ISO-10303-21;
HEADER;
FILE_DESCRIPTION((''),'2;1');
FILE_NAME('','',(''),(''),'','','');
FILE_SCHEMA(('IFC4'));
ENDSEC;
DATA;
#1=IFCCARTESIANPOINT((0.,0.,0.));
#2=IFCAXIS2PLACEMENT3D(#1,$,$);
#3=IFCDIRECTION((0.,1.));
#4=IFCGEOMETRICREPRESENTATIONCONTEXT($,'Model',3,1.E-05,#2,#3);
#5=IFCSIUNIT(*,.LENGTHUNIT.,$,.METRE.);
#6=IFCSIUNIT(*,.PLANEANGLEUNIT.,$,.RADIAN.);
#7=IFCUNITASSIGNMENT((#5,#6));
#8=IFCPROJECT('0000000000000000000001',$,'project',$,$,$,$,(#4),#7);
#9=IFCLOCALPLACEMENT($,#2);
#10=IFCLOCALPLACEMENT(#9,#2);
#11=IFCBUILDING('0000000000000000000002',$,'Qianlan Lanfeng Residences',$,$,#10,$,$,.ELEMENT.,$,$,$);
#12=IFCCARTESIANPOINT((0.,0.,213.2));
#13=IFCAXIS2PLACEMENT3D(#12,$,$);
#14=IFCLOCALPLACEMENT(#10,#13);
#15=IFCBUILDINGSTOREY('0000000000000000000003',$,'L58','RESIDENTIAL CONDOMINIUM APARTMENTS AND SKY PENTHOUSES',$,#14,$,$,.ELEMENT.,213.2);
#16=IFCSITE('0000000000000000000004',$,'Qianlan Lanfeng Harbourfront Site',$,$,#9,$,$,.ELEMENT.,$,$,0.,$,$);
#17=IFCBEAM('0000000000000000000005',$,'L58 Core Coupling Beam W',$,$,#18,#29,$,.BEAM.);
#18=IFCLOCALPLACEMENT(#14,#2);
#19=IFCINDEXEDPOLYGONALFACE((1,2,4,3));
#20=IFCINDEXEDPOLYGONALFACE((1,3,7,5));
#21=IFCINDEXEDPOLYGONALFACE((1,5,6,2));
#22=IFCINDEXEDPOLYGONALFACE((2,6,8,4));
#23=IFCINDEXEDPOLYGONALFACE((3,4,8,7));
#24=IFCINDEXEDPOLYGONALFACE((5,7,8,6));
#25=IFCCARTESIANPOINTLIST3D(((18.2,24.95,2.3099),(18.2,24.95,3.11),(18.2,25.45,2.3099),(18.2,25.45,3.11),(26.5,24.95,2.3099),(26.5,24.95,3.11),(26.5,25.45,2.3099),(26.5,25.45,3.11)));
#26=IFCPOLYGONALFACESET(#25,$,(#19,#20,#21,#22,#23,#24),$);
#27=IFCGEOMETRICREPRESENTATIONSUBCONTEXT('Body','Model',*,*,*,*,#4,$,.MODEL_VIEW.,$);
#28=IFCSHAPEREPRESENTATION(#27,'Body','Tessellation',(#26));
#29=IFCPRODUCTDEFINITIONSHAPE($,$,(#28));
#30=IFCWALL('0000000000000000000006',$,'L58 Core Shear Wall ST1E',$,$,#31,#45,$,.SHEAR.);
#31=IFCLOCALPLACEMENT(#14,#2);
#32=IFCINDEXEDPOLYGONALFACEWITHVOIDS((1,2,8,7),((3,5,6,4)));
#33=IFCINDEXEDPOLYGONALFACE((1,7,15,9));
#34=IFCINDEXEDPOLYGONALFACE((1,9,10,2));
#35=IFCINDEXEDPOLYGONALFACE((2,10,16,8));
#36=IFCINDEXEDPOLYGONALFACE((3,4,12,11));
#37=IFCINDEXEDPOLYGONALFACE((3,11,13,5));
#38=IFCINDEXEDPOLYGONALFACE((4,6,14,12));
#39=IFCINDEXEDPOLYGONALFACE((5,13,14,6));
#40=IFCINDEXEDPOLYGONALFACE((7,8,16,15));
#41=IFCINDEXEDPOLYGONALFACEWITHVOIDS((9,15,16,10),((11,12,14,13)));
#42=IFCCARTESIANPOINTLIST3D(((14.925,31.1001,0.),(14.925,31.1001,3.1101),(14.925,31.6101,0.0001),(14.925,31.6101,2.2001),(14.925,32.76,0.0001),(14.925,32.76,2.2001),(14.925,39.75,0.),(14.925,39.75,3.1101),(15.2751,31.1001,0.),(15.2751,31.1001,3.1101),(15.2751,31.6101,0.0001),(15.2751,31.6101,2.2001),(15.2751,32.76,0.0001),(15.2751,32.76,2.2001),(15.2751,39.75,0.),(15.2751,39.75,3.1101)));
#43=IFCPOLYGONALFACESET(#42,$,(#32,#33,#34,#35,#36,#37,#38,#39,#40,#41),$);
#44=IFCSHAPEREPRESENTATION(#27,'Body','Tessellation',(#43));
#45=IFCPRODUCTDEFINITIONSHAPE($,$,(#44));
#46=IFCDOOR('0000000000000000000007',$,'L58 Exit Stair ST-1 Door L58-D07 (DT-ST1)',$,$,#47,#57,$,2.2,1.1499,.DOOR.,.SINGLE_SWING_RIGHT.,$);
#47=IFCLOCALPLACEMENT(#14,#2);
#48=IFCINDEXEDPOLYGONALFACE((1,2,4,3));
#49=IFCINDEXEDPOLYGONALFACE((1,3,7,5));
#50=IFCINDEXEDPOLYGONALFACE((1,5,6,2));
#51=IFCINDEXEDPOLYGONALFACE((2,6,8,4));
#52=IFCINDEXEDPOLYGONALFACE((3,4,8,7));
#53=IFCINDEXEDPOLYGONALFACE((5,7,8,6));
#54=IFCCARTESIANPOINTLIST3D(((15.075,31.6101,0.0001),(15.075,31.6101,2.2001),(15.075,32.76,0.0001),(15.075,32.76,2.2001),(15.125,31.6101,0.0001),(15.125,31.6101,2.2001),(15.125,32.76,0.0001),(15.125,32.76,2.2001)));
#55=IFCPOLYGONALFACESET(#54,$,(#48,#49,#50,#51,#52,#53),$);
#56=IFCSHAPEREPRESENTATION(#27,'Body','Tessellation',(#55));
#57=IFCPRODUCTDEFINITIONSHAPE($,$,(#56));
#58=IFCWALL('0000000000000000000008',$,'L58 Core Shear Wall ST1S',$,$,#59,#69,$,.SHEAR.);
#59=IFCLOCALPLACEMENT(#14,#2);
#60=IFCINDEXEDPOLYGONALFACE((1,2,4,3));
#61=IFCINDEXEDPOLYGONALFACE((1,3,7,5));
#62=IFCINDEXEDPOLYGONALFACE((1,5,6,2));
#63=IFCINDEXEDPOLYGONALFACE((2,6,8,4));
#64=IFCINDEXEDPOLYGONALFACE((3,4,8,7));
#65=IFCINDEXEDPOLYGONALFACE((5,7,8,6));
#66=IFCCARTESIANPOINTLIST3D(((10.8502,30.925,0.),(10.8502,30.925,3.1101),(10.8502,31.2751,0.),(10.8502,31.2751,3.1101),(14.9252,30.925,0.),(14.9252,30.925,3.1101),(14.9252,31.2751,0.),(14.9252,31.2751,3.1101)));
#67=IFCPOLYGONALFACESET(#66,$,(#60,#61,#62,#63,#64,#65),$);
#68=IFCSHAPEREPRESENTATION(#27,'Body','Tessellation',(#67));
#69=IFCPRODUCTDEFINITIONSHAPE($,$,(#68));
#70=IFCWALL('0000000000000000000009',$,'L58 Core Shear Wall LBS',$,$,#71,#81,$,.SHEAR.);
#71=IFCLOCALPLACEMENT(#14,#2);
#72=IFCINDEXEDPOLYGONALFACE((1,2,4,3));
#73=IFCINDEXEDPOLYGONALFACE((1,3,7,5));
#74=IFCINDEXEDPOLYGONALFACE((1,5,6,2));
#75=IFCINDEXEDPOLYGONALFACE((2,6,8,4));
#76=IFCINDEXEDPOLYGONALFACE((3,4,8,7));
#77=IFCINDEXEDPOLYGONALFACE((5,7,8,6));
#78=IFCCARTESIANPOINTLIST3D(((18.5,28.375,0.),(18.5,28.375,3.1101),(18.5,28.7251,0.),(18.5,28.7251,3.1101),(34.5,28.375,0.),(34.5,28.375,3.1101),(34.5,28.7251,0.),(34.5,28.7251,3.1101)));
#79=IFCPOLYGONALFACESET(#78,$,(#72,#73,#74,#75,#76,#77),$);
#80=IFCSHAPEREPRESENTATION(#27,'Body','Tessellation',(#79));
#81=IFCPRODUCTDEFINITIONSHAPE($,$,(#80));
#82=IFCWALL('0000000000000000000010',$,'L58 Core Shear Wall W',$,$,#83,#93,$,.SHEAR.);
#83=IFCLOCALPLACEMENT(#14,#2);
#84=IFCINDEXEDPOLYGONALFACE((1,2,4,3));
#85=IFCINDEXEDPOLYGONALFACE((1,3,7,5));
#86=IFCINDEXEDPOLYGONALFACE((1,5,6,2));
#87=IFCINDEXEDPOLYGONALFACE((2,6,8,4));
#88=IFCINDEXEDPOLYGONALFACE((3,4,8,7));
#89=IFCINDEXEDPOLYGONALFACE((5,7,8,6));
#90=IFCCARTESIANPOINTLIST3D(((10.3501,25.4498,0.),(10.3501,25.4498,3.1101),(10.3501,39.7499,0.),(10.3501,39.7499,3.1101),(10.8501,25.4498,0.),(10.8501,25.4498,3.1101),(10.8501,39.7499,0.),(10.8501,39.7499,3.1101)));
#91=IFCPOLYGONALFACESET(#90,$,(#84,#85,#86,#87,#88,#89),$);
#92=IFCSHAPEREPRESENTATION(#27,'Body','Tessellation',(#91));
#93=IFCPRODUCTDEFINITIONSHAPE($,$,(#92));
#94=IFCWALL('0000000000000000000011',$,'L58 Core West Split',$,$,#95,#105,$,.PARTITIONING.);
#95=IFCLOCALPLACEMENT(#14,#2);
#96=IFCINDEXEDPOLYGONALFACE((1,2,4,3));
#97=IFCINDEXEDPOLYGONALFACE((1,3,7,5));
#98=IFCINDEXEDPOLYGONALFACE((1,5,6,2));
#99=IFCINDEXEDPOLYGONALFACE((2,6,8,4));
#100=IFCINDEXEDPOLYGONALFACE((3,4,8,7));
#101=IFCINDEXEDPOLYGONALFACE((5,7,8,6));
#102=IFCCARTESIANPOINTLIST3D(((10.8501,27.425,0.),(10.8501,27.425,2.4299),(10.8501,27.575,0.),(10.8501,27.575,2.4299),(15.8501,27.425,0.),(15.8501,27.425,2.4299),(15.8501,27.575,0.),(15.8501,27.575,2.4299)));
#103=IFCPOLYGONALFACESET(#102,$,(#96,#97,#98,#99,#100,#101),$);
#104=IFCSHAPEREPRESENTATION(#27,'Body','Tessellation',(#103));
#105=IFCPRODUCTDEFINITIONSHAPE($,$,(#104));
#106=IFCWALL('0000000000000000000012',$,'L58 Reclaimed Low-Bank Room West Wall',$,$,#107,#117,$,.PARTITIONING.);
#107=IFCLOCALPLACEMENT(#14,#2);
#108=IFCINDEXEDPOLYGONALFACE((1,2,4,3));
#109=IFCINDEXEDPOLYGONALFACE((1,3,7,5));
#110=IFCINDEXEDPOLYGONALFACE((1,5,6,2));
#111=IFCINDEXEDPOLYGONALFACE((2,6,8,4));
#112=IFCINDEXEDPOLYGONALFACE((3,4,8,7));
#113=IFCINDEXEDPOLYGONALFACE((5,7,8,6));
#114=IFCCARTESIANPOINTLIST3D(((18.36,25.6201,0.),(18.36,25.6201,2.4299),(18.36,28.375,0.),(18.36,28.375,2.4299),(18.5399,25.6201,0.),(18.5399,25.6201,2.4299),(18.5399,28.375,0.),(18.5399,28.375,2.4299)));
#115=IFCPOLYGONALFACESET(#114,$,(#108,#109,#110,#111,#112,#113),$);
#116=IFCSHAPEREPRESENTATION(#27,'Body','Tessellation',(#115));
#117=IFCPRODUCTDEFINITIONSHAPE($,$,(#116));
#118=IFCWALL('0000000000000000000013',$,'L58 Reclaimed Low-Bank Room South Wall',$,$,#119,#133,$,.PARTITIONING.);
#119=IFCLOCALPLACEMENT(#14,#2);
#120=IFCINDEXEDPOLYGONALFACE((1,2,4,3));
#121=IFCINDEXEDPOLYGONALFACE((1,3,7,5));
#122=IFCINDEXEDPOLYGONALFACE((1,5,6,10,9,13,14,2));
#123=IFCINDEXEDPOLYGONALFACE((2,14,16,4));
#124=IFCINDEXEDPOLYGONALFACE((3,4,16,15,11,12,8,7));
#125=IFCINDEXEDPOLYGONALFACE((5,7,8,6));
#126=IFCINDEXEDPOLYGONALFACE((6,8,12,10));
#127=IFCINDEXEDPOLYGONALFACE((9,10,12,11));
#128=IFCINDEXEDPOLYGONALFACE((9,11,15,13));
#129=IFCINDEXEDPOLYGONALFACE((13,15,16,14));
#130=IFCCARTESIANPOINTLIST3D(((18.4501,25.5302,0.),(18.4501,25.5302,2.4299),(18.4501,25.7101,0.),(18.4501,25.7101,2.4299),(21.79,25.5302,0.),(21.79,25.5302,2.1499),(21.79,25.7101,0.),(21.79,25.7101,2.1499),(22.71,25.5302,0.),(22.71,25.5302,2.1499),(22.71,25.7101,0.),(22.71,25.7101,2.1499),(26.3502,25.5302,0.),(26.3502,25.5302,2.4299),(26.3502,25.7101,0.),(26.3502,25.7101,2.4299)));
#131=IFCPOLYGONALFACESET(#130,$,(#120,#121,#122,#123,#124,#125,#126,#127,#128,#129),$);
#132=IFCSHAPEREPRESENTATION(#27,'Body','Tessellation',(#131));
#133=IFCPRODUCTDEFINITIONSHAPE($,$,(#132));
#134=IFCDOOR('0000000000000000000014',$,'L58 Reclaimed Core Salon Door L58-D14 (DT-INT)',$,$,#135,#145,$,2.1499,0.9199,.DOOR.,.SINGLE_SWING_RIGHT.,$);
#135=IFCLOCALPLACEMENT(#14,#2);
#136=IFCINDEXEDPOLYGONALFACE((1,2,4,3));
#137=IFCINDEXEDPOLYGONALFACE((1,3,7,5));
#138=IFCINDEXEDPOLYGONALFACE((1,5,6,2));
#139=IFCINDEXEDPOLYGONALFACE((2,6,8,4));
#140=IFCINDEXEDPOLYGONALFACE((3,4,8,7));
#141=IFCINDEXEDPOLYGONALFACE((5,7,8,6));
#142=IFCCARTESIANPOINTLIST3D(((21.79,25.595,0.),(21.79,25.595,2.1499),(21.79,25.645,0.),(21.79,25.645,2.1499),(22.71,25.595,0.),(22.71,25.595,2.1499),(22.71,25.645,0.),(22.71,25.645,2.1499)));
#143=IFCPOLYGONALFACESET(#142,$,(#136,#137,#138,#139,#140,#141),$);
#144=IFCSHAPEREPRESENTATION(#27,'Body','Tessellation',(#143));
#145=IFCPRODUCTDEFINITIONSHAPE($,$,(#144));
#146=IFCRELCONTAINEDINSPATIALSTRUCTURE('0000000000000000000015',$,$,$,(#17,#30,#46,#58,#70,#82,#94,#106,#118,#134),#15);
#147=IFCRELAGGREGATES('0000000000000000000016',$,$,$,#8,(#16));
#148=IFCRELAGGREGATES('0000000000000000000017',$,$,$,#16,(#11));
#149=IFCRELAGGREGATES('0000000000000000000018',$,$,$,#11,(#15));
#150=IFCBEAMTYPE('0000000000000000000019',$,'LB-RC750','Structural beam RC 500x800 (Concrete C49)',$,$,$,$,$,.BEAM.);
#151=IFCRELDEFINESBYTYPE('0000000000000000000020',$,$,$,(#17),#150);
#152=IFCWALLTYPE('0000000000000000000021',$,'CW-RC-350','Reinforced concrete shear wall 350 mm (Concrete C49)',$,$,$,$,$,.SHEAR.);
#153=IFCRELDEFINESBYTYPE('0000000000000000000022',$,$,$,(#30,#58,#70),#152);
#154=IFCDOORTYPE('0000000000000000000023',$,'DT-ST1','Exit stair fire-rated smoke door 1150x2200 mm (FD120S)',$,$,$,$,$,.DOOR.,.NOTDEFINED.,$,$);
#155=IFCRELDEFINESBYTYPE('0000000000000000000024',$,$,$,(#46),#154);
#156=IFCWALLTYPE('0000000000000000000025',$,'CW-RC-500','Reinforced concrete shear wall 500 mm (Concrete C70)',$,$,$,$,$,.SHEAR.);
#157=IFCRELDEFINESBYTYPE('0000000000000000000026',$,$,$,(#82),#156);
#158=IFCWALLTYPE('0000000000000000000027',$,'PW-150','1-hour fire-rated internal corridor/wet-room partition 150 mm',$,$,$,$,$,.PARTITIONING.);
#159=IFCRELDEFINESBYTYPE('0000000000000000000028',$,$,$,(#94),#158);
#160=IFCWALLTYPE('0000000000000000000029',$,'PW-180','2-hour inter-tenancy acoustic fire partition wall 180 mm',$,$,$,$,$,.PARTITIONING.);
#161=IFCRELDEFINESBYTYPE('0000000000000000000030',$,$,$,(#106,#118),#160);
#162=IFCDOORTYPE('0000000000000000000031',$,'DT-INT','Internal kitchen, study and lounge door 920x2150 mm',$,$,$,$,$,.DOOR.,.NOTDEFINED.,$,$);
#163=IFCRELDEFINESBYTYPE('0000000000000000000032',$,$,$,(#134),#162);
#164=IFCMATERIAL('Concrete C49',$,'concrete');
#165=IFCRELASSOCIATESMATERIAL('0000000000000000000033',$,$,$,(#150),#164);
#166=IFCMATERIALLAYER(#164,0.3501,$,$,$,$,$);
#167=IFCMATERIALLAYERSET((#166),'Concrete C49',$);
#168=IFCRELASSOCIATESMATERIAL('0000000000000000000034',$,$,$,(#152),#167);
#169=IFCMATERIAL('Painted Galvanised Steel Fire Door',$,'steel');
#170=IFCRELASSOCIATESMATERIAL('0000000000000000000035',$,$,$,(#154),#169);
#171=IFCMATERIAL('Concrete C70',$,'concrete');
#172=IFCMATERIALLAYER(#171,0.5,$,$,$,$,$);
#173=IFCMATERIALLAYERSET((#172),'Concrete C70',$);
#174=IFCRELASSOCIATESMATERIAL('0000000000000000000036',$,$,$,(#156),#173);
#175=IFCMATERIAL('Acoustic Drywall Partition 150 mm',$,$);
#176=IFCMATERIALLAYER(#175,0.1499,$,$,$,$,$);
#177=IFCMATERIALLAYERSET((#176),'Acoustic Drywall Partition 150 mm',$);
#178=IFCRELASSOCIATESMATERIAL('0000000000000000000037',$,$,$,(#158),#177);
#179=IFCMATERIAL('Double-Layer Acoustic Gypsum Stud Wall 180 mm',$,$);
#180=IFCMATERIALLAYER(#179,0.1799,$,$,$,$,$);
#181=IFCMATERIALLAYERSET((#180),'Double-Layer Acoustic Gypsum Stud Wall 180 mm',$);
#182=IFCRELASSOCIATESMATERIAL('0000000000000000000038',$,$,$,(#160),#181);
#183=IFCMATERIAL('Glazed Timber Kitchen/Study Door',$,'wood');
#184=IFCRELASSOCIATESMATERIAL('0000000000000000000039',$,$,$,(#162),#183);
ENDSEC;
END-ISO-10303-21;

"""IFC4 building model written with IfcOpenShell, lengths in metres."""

from ifc_helpers import new_model, si_unit, direction, frame, frame_2d, origin, origin_2d, place, context, subcontext, project, spatial, rectangle, extrude, material, layer, layer_set, material_profile, profile_set, type_object, element, fill, save


model = new_model("IFC4")

# Units and contexts
model_context = context("Model", 3, precision=1e-05, world=origin(), true_north=direction((0.0, 1.0)))
body_context = subcontext(model_context, "Body", "Model", "MODEL_VIEW")
ifc_project = project(units=[si_unit("LENGTHUNIT", "METRE"), si_unit("PLANEANGLEUNIT", "RADIAN")], contexts=[model_context])

# Site, building, storey
site_placement = place(None, origin())
site = spatial("IfcSite", under=ifc_project, at=site_placement, Name="Qianlan Lanfeng Harbourfront Site", CompositionType="ELEMENT", RefElevation=0.0)
building_placement = place(site_placement, origin())
building = spatial("IfcBuilding", under=site, at=building_placement, Name="Qianlan Lanfeng Residences", CompositionType="ELEMENT")
storey_placement = place(building_placement, frame((0.0, 0.0, 213.2)))
storey = spatial("IfcBuildingStorey", under=building, at=storey_placement, Name="L58", Description="RESIDENTIAL CONDOMINIUM APARTMENTS AND SKY PENTHOUSES", CompositionType="ELEMENT", Elevation=213.2)

# Beam
ifc_material_1 = material(Name="Concrete C49", Category="concrete")
ifc_material_profile = material_profile(ifc_material_1, rectangle(XDim=0.5, YDim=0.8, at=origin_2d()), Name="RC 500x800")
ifc_profile_set = profile_set([ifc_material_profile], Name="Concrete C49")
beam_type = type_object("IfcBeamType", Name="LB-RC750", Description="Structural beam RC 500x800 (Concrete C49)", PredefinedType="BEAM", material=ifc_profile_set)
beam_placement = place(storey_placement, frame((18.2, 25.2, 2.71), z_axis=(1.0, 0.0, 0.0), x_axis=(0.0, 1.0, 0.0)))
element("IfcBeam", 1, at=beam_placement, inside=storey, type_object=beam_type, Name="L58 Core Coupling Beam W", PredefinedType="BEAM", context=body_context, shape_type="SweptSolid", body=[
    extrude(rectangle(XDim=0.5, YDim=0.8, at=origin_2d()), origin(), (0.0, 0.0, 1.0), 8.3),
])

# Wall, opening, door
ifc_layer_1 = layer(ifc_material_1, 0.3501)
ifc_layer_set_1 = layer_set([ifc_layer_1], Name="Concrete C49")
wall_type_1 = type_object("IfcWallType", Name="CW-RC-350", Description="Reinforced concrete shear wall 350 mm (Concrete C49)", PredefinedType="SHEAR", material=ifc_layer_set_1)
wall_1_placement = place(storey_placement, frame((15.1001, 31.1001, 0.0), z_axis=(0.0, 0.0, 1.0), x_axis=(0.0, 1.0, 0.0)))
wall_1 = element("IfcWall", 2, at=wall_1_placement, inside=storey, type_object=wall_type_1, Name="L58 Core Shear Wall ST1E", PredefinedType="SHEAR", context=body_context, shape_type="SweptSolid", body=[
    extrude(rectangle(XDim=8.6499, YDim=0.3501, at=frame_2d((4.325, 0.0))), origin(), (0.0, 0.0, 1.0), 3.1101),
])
opening_1_placement = place(wall_1_placement, frame((0.51, 0.0, 0.0)))
opening_1 = element("IfcOpeningElement", 3, at=opening_1_placement, cuts=wall_1, PredefinedType="OPENING", context=body_context, shape_type="SweptSolid", body=[
    extrude(rectangle(XDim=1.1499, YDim=2.2, at=frame_2d((0.575, 1.1001))), frame((0.0, 0.1851, 0.0), z_axis=(0.0, -1.0, 0.0), x_axis=(1.0, 0.0, 0.0)), (0.0, 0.0, 1.0), 0.3701),
])
ifc_material_2 = material(Name="Painted Galvanised Steel Fire Door", Category="steel")
door_type_1 = type_object("IfcDoorType", Name="DT-ST1", Description="Exit stair fire-rated smoke door 1150x2200 mm (FD120S)", OperationType="NOTDEFINED", PredefinedType="DOOR", material=ifc_material_2)
door_1_placement = place(opening_1_placement, frame((1.1499, 0.0, 0.0), z_axis=(0.0, 0.0, 1.0), x_axis=(-1.0, 0.0, 0.0)))
door_1 = element("IfcDoor", 4, at=door_1_placement, inside=storey, type_object=door_type_1, Name="L58 Exit Stair ST-1 Door L58-D07 (DT-ST1)", OperationType="SINGLE_SWING_RIGHT", OverallHeight=2.2, OverallWidth=1.1499, PredefinedType="DOOR", context=body_context, shape_type="SweptSolid", body=[
    extrude(rectangle(XDim=1.1499, YDim=2.2, at=frame_2d((0.575, 1.1001))), frame((0.0, 0.0249, 0.0), z_axis=(0.0, -1.0, 0.0), x_axis=(1.0, 0.0, 0.0)), (0.0, 0.0, 1.0), 0.05),
])
fill(opening_1, door_1)

# Walls
wall_2_placement = place(storey_placement, frame((10.8501, 31.1001, 0.0), z_axis=(0.0, 0.0, 1.0), x_axis=(1.0, 0.0, 0.0)))
element("IfcWall", 5, at=wall_2_placement, inside=storey, type_object=wall_type_1, Name="L58 Core Shear Wall ST1S", PredefinedType="SHEAR", context=body_context, shape_type="SweptSolid", body=[
    extrude(rectangle(XDim=4.075, YDim=0.3501, at=frame_2d((2.0376, 0.0))), origin(), (0.0, 0.0, 1.0), 3.1101),
])
wall_3_placement = place(storey_placement, frame((18.5, 28.55, 0.0), z_axis=(0.0, 0.0, 1.0), x_axis=(1.0, 0.0, 0.0)))
element("IfcWall", 6, at=wall_3_placement, inside=storey, type_object=wall_type_1, Name="L58 Core Shear Wall LBS", PredefinedType="SHEAR", context=body_context, shape_type="SweptSolid", body=[
    extrude(rectangle(XDim=16.0, YDim=0.3501, at=frame_2d((8.0, 0.0))), origin(), (0.0, 0.0, 1.0), 3.1101),
])
ifc_material_3 = material(Name="Concrete C70", Category="concrete")
ifc_layer_2 = layer(ifc_material_3, 0.5)
ifc_layer_set_2 = layer_set([ifc_layer_2], Name="Concrete C70")
wall_type_2 = type_object("IfcWallType", Name="CW-RC-500", Description="Reinforced concrete shear wall 500 mm (Concrete C70)", PredefinedType="SHEAR", material=ifc_layer_set_2)
wall_4_placement = place(storey_placement, frame((10.6001, 25.45, 0.0), z_axis=(0.0, 0.0, 1.0), x_axis=(0.0, 1.0, 0.0)))
element("IfcWall", 7, at=wall_4_placement, inside=storey, type_object=wall_type_2, Name="L58 Core Shear Wall W", PredefinedType="SHEAR", context=body_context, shape_type="SweptSolid", body=[
    extrude(rectangle(XDim=14.3, YDim=0.5, at=frame_2d((7.1499, 0.0))), origin(), (0.0, 0.0, 1.0), 3.1101),
])
ifc_material_4 = material(Name="Acoustic Drywall Partition 150 mm")
ifc_layer_3 = layer(ifc_material_4, 0.1499)
ifc_layer_set_3 = layer_set([ifc_layer_3], Name="Acoustic Drywall Partition 150 mm")
wall_type_3 = type_object("IfcWallType", Name="PW-150", Description="1-hour fire-rated internal corridor/wet-room partition 150 mm", PredefinedType="PARTITIONING", material=ifc_layer_set_3)
wall_5_placement = place(storey_placement, frame((10.8501, 27.5, 0.0), z_axis=(0.0, 0.0, 1.0), x_axis=(1.0, 0.0, 0.0)))
element("IfcWall", 8, at=wall_5_placement, inside=storey, type_object=wall_type_3, Name="L58 Core West Split", PredefinedType="PARTITIONING", context=body_context, shape_type="SweptSolid", body=[
    extrude(rectangle(XDim=5.0, YDim=0.1499, at=frame_2d((2.5, 0.0))), origin(), (0.0, 0.0, 1.0), 2.4299),
])

# Shared definitions
ifc_material_5 = material(Name="Double-Layer Acoustic Gypsum Stud Wall 180 mm")
ifc_layer_4 = layer(ifc_material_5, 0.1799)
ifc_layer_set_4 = layer_set([ifc_layer_4], Name="Double-Layer Acoustic Gypsum Stud Wall 180 mm")
wall_type_4 = type_object("IfcWallType", Name="PW-180", Description="2-hour inter-tenancy acoustic fire partition wall 180 mm", PredefinedType="PARTITIONING", material=ifc_layer_set_4)
ifc_material_6 = material(Name="Glazed Timber Kitchen/Study Door", Category="wood")
door_type_2 = type_object("IfcDoorType", Name="DT-INT", Description="Internal kitchen, study and lounge door 920x2150 mm", OperationType="NOTDEFINED", PredefinedType="DOOR", material=ifc_material_6)

# Wall
wall_6_placement = place(storey_placement, frame((18.45, 25.6201, 0.0), z_axis=(0.0, 0.0, 1.0), x_axis=(0.0, 1.0, 0.0)))
element("IfcWall", 9, at=wall_6_placement, inside=storey, type_object=wall_type_4, Name="L58 Reclaimed Low-Bank Room West Wall", PredefinedType="PARTITIONING", context=body_context, shape_type="SweptSolid", body=[
    extrude(rectangle(XDim=2.7549, YDim=0.1799, at=frame_2d((1.3774, 0.0))), origin(), (0.0, 0.0, 1.0), 2.4299),
])

# Wall, opening, door
wall_7_placement = place(storey_placement, frame((18.45, 25.6201, 0.0), z_axis=(0.0, 0.0, 1.0), x_axis=(1.0, 0.0, 0.0)))
wall_7 = element("IfcWall", 10, at=wall_7_placement, inside=storey, type_object=wall_type_4, Name="L58 Reclaimed Low-Bank Room South Wall", PredefinedType="PARTITIONING", context=body_context, shape_type="SweptSolid", body=[
    extrude(rectangle(XDim=7.9001, YDim=0.1799, at=frame_2d((3.9502, 0.0))), origin(), (0.0, 0.0, 1.0), 2.4299),
])
opening_2_placement = place(wall_7_placement, frame((3.3401, 0.0, 0.0)))
opening_2 = element("IfcOpeningElement", 11, at=opening_2_placement, cuts=wall_7, PredefinedType="OPENING", context=body_context, shape_type="SweptSolid", body=[
    extrude(rectangle(XDim=0.9199, YDim=2.1499, at=frame_2d((0.46, 1.075))), frame((0.0, 0.1001, 0.0), z_axis=(0.0, -1.0, 0.0), x_axis=(1.0, 0.0, 0.0)), (0.0, 0.0, 1.0), 0.2),
])
door_2_placement = place(opening_2_placement, origin())
door_2 = element("IfcDoor", 12, at=door_2_placement, inside=storey, type_object=door_type_2, Name="L58 Reclaimed Core Salon Door L58-D14 (DT-INT)", OperationType="SINGLE_SWING_RIGHT", OverallHeight=2.1499, OverallWidth=0.9199, PredefinedType="DOOR", context=body_context, shape_type="SweptSolid", body=[
    extrude(rectangle(XDim=0.9199, YDim=2.1499, at=frame_2d((0.46, 1.075))), frame((0.0, 0.0249, 0.0), z_axis=(0.0, -1.0, 0.0), x_axis=(1.0, 0.0, 0.0)), (0.0, 0.0, 1.0), 0.05),
])
fill(opening_2, door_2)

save(model, "model.ifc")
